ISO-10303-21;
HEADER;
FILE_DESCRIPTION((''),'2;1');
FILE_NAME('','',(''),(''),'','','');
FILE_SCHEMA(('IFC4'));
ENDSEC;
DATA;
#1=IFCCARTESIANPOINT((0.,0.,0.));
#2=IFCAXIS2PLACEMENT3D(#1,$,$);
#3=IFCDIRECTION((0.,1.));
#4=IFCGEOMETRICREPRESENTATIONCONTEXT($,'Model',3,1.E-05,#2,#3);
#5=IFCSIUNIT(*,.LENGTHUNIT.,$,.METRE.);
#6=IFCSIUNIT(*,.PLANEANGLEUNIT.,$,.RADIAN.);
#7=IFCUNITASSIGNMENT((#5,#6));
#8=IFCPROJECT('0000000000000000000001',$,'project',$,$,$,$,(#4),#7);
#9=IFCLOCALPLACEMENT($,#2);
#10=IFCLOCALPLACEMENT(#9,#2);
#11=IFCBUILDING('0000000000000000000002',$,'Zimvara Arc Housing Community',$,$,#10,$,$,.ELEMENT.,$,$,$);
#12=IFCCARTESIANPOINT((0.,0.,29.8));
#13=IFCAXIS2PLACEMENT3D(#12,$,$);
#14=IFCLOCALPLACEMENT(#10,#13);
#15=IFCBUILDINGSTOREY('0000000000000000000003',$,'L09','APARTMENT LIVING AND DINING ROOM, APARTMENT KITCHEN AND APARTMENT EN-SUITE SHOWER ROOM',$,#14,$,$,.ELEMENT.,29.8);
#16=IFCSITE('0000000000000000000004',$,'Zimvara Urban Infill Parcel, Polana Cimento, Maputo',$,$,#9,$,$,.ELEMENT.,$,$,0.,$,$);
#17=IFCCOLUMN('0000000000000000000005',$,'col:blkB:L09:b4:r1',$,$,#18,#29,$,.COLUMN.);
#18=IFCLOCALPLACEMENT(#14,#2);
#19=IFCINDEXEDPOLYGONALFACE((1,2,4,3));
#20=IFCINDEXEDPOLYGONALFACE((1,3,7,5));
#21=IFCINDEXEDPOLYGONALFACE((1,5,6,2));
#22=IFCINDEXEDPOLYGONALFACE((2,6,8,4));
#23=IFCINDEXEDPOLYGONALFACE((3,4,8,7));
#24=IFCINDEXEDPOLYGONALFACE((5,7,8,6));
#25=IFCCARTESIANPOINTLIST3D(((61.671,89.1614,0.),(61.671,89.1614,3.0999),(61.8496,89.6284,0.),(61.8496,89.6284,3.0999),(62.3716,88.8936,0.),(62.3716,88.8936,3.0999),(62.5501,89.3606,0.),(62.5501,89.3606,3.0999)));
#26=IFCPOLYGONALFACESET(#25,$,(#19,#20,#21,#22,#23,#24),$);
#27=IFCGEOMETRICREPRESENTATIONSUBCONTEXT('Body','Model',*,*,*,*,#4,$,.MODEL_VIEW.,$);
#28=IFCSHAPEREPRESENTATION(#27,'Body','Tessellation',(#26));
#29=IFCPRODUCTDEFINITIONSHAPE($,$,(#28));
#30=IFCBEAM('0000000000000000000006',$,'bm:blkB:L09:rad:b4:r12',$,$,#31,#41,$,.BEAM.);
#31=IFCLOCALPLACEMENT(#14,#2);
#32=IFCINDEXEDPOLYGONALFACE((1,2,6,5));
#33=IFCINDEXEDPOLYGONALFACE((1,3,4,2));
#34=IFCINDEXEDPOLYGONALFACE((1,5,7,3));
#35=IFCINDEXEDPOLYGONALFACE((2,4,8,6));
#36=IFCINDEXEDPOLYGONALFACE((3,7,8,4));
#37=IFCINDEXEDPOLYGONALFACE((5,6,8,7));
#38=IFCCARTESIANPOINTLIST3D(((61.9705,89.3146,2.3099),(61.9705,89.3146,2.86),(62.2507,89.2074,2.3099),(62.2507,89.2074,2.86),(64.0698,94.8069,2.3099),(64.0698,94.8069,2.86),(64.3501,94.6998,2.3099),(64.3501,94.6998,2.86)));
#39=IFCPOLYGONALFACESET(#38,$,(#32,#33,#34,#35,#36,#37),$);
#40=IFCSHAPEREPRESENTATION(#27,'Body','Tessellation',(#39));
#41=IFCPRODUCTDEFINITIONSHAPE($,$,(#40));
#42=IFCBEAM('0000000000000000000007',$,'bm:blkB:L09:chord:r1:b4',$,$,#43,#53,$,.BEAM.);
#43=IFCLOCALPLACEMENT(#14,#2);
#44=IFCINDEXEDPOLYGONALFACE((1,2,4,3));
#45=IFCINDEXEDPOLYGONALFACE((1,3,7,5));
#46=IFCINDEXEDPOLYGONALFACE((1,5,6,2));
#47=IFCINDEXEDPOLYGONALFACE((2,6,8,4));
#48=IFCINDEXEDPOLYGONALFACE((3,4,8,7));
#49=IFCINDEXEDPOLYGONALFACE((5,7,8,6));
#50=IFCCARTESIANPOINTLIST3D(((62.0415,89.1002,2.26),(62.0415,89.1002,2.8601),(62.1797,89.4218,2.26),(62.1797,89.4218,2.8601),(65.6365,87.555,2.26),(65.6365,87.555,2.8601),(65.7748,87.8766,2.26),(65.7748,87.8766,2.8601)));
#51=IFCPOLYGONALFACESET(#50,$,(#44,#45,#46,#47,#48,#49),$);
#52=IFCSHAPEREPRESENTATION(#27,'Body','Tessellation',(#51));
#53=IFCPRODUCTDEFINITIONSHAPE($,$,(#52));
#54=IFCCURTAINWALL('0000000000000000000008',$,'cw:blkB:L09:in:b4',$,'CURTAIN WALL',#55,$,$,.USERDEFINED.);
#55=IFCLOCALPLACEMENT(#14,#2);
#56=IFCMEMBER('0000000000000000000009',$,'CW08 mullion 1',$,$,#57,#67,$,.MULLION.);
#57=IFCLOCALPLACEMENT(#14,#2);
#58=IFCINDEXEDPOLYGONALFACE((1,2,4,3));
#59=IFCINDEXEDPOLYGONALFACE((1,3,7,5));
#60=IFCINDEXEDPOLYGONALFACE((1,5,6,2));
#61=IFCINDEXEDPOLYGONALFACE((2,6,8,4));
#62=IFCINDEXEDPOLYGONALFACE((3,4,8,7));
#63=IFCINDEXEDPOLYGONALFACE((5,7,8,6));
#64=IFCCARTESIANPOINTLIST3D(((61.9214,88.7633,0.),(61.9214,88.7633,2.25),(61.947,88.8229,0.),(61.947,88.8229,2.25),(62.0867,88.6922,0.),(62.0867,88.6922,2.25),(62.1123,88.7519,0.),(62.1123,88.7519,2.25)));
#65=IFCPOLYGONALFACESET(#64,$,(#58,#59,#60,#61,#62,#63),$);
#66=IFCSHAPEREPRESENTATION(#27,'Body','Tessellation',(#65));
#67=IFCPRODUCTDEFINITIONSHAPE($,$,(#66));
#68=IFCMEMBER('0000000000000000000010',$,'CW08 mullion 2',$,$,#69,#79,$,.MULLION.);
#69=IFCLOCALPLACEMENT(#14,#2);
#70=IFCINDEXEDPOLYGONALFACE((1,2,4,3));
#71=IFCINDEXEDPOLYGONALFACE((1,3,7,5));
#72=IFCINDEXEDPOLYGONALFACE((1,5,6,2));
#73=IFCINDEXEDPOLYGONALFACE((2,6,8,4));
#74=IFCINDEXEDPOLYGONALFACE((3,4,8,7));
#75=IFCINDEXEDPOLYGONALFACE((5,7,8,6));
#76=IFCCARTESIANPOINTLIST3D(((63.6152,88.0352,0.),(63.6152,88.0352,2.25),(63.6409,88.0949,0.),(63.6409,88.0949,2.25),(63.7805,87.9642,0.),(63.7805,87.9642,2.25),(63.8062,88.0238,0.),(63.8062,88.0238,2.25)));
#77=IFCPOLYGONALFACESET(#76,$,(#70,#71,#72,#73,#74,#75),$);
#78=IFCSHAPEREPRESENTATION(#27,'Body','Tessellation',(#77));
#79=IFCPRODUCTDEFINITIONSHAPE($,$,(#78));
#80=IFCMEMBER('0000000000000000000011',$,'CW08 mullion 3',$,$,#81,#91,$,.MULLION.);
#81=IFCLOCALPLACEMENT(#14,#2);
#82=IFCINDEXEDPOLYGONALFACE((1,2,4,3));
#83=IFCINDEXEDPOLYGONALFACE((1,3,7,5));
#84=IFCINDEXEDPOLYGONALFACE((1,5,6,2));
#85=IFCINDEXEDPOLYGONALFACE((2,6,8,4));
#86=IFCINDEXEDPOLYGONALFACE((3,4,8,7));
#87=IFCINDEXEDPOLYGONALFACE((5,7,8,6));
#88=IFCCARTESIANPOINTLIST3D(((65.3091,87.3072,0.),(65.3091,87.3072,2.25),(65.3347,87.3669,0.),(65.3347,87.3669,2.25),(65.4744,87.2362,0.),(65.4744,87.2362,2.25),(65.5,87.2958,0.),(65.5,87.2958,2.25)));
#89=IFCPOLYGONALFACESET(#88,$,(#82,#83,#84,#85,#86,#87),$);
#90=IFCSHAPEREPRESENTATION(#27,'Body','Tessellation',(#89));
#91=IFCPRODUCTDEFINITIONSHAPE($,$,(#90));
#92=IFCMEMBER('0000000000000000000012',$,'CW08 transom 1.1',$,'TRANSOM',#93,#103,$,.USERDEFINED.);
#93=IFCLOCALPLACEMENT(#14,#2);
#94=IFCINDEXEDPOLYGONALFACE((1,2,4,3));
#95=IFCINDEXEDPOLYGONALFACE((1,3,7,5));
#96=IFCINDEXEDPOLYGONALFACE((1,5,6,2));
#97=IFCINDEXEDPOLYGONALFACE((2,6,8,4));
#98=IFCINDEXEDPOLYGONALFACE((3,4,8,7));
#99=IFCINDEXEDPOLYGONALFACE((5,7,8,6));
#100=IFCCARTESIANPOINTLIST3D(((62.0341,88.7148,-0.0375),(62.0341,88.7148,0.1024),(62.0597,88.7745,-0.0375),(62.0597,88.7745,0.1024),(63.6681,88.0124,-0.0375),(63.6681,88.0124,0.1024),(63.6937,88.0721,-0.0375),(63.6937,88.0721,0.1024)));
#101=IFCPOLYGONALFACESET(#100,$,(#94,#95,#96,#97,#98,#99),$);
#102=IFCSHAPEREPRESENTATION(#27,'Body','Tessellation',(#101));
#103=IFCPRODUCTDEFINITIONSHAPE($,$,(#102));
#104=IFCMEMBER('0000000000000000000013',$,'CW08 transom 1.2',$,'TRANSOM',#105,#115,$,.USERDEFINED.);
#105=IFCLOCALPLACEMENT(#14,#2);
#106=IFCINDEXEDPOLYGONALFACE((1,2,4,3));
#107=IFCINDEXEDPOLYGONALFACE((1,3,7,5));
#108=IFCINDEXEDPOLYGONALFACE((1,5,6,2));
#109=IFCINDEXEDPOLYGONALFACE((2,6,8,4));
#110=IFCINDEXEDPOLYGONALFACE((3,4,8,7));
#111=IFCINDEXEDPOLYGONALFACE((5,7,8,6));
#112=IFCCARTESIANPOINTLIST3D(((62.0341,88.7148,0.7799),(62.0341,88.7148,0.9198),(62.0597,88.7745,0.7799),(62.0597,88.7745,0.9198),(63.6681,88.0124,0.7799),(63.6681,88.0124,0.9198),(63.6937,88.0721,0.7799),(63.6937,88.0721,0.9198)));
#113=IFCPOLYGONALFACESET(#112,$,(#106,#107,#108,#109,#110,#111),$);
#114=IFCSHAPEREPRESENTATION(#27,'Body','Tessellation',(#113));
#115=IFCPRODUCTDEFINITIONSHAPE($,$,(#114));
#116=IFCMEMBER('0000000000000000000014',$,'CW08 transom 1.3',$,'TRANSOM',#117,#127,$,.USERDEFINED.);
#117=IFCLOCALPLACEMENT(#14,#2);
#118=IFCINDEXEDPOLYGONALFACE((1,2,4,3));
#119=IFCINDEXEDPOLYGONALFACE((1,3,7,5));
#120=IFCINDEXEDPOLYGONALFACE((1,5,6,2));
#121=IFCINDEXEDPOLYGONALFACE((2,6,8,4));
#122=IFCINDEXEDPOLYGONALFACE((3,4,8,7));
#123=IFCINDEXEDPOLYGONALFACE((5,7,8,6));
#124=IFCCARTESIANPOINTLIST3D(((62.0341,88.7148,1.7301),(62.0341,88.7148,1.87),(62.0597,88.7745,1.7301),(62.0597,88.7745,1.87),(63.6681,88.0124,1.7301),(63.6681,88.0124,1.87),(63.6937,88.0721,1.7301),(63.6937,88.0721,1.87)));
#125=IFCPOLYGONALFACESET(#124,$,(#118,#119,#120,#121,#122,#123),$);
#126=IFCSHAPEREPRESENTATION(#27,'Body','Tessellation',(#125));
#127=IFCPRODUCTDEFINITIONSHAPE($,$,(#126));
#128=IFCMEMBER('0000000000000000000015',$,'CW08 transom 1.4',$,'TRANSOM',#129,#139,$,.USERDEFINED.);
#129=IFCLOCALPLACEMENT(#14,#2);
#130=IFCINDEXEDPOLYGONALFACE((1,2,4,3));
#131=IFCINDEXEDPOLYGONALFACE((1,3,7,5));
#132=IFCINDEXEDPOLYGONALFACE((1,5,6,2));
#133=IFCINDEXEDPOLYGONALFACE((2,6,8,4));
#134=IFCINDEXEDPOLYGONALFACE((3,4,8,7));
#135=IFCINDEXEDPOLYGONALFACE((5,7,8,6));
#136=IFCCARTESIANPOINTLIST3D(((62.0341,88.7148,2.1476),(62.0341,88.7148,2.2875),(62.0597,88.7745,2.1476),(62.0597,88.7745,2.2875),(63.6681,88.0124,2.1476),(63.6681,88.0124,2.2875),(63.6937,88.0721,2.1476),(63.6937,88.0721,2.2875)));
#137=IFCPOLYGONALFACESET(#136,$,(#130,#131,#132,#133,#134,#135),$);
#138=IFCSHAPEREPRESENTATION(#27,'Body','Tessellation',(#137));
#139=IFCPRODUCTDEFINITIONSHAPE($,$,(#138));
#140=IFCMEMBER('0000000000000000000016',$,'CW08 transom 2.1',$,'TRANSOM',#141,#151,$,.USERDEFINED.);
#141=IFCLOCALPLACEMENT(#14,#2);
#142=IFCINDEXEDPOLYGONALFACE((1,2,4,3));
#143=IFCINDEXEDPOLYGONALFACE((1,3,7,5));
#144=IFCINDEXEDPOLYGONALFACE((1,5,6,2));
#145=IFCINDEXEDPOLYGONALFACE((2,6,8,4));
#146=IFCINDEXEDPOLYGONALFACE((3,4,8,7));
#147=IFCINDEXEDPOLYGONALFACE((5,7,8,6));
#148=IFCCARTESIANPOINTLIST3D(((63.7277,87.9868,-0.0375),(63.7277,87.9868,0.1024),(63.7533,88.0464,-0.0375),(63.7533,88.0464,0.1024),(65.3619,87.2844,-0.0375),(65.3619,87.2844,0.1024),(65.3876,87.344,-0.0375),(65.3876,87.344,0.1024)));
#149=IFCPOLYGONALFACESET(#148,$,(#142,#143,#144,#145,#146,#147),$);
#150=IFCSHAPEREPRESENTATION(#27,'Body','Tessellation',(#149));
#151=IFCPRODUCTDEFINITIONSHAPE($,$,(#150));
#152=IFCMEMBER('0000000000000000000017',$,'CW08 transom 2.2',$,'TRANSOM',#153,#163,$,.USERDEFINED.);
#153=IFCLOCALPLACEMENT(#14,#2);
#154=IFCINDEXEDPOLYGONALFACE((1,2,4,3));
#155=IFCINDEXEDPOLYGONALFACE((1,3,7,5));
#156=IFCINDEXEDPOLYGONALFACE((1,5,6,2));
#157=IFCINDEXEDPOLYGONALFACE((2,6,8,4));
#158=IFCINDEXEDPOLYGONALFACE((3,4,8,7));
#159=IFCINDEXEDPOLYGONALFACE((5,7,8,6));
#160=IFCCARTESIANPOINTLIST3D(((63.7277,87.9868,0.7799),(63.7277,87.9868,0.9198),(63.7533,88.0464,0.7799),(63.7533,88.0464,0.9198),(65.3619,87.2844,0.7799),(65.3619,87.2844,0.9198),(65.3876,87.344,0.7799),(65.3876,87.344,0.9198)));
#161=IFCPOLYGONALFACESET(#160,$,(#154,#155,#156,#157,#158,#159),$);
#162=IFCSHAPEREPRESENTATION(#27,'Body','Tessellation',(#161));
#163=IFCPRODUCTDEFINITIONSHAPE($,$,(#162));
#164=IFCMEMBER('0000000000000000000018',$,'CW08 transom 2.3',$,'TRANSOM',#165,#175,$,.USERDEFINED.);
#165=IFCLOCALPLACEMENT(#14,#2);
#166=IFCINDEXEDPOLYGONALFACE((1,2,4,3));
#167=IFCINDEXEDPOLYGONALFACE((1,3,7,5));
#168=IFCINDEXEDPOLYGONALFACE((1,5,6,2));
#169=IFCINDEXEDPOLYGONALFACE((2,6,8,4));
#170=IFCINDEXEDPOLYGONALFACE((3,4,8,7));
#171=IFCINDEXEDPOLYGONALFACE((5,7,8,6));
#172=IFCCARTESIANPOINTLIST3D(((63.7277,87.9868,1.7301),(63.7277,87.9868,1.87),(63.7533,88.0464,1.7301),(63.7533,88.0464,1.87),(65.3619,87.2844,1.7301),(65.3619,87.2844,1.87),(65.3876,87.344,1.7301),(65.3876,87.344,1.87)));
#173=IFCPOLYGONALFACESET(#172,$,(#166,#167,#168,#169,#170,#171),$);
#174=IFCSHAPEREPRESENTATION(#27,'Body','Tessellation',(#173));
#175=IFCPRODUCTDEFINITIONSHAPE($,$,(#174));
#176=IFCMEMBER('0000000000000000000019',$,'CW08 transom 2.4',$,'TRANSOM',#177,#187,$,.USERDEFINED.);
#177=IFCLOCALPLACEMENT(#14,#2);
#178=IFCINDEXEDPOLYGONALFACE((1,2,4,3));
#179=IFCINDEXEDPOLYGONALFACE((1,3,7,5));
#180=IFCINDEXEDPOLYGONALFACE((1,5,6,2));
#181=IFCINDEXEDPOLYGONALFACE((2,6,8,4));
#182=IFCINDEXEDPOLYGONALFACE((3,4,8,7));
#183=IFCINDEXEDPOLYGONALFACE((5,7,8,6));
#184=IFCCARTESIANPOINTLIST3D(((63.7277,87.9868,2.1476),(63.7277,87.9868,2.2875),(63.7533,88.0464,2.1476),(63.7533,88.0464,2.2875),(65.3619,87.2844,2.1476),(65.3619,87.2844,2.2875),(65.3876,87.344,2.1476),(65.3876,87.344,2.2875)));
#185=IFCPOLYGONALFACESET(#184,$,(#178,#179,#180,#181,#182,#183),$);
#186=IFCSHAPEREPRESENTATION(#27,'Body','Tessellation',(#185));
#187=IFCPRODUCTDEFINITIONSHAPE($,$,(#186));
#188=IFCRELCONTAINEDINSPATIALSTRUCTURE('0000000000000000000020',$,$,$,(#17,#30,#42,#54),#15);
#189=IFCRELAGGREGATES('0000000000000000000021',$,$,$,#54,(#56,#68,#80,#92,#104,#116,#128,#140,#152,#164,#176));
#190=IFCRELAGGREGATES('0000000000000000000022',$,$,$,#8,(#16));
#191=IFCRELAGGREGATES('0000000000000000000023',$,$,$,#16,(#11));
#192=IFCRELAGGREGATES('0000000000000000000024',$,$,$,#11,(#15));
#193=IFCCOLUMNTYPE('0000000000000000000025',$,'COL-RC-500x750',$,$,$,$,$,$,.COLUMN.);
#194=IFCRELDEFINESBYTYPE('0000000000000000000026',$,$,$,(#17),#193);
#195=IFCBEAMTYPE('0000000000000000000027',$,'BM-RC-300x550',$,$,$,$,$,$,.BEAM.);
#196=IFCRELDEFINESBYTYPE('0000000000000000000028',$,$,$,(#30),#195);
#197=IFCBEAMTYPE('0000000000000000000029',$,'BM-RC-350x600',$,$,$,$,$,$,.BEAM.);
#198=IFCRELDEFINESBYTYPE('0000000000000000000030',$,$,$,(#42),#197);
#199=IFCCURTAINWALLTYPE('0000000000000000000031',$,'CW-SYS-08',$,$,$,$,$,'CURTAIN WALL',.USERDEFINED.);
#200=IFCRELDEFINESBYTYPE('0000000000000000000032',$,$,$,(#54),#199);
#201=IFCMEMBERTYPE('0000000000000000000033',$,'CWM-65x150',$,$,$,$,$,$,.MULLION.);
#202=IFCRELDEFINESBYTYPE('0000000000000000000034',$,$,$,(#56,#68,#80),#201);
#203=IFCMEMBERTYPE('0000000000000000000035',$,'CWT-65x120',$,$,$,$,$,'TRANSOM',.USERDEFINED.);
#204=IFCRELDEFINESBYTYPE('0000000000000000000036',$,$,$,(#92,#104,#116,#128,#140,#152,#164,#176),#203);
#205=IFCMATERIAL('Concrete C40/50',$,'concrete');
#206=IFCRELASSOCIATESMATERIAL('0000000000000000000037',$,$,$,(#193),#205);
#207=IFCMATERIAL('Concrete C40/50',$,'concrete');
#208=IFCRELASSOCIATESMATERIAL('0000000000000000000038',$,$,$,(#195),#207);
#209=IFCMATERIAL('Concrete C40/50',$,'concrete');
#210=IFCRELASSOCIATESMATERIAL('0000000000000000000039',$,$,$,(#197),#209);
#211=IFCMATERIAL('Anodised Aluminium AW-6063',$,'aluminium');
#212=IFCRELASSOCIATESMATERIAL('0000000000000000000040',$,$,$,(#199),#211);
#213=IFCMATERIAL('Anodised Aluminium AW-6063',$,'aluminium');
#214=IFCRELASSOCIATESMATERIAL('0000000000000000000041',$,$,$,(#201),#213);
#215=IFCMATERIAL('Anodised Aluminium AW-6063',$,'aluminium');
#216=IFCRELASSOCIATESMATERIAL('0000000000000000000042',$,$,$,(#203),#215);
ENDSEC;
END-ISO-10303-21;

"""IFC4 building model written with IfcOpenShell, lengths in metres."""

from ifc_helpers import new_model, si_unit, direction, frame, origin, origin_2d, place, context, subcontext, project, spatial, rectangle, extrude, material, material_profile, profile_set, type_object, element, aggregate, save


model = new_model("IFC4")

# Units and contexts
model_context = context("Model", 3, precision=1e-05, world=origin(), true_north=direction((0.0, 1.0)))
body_context = subcontext(model_context, "Body", "Model", "MODEL_VIEW")
ifc_project = project(units=[si_unit("LENGTHUNIT", "METRE"), si_unit("PLANEANGLEUNIT", "RADIAN")], contexts=[model_context])

# Site, building, storey
site_placement = place(None, origin())
site = spatial("IfcSite", under=ifc_project, at=site_placement, Name="Zimvara Urban Infill Parcel, Polana Cimento, Maputo", CompositionType="ELEMENT", RefElevation=0.0)
building_placement = place(site_placement, origin())
building = spatial("IfcBuilding", under=site, at=building_placement, Name="Zimvara Arc Housing Community", CompositionType="ELEMENT")
storey_placement = place(building_placement, frame((0.0, 0.0, 29.8)))
storey = spatial("IfcBuildingStorey", under=building, at=storey_placement, Name="L09", Description="APARTMENT LIVING AND DINING ROOM, APARTMENT KITCHEN AND APARTMENT EN-SUITE SHOWER ROOM", CompositionType="ELEMENT", Elevation=29.8)

# Column
ifc_material_1 = material(Name="Concrete C40/50", Category="concrete")
ifc_material_profile_1 = material_profile(ifc_material_1, rectangle(XDim=0.5, YDim=0.75, at=origin_2d()), Name="RC 500x750")
ifc_profile_set_1 = profile_set([ifc_material_profile_1], Name="Concrete C40/50")
column_type = type_object("IfcColumnType", Name="COL-RC-500x750", PredefinedType="COLUMN", material=ifc_profile_set_1)
column_placement = place(storey_placement, frame((62.1106, 89.261, 0.0), z_axis=(0.0, 0.0, 1.0), x_axis=(0.357064, 0.93408, 0.0)))
element("IfcColumn", 1, at=column_placement, inside=storey, type_object=column_type, Name="col:blkB:L09:b4:r1", PredefinedType="COLUMN", context=body_context, shape_type="SweptSolid", body=[
    extrude(rectangle(XDim=0.5, YDim=0.75, at=origin_2d()), origin(), (0.0, 0.0, 1.0), 3.0999),
])

# Beams
ifc_material_2 = material(Name="Concrete C40/50", Category="concrete")
ifc_material_profile_2 = material_profile(ifc_material_2, rectangle(XDim=0.3, YDim=0.55, at=origin_2d()), Name="RC 300x550")
ifc_profile_set_2 = profile_set([ifc_material_profile_2], Name="Concrete C40/50")
beam_type_1 = type_object("IfcBeamType", Name="BM-RC-300x550", PredefinedType="BEAM", material=ifc_profile_set_2)
beam_1_placement = place(storey_placement, frame((62.1106, 89.261, 2.585), z_axis=(0.357036, 0.934091, 0.0), x_axis=(-0.934091, 0.357036, 0.0)))
element("IfcBeam", 2, at=beam_1_placement, inside=storey, type_object=beam_type_1, Name="bm:blkB:L09:rad:b4:r12", PredefinedType="BEAM", context=body_context, shape_type="SweptSolid", body=[
    extrude(rectangle(XDim=0.3, YDim=0.55, at=origin_2d()), origin(), (0.0, 0.0, 1.0), 5.8799),
])
ifc_material_3 = material(Name="Concrete C40/50", Category="concrete")
ifc_material_profile_3 = material_profile(ifc_material_3, rectangle(XDim=0.3501, YDim=0.6001, at=origin_2d()), Name="RC 350x600")
ifc_profile_set_3 = profile_set([ifc_material_profile_3], Name="Concrete C40/50")
beam_type_2 = type_object("IfcBeamType", Name="BM-RC-350x600", PredefinedType="BEAM", material=ifc_profile_set_3)
beam_2_placement = place(storey_placement, frame((62.1106, 89.261, 2.5601), z_axis=(0.918731, -0.394883, 0.0), x_axis=(0.394883, 0.918731, 0.0)))
element("IfcBeam", 3, at=beam_2_placement, inside=storey, type_object=beam_type_2, Name="bm:blkB:L09:chord:r1:b4", PredefinedType="BEAM", context=body_context, shape_type="SweptSolid", body=[
    extrude(rectangle(XDim=0.3501, YDim=0.6001, at=origin_2d()), origin(), (0.0, 0.0, 1.0), 3.9131),
])

# Curtain wall, members
ifc_material_4 = material(Name="Anodised Aluminium AW-6063", Category="aluminium")
curtain_wall_type = type_object("IfcCurtainWallType", Name="CW-SYS-08", ElementType="CURTAIN WALL", PredefinedType="USERDEFINED", material=ifc_material_4)
curtain_wall_placement = place(storey_placement, origin())
curtain_wall = element("IfcCurtainWall", 4, at=curtain_wall_placement, inside=storey, type_object=curtain_wall_type, Name="cw:blkB:L09:in:b4", ObjectType="CURTAIN WALL", PredefinedType="USERDEFINED")
ifc_material_5 = material(Name="Anodised Aluminium AW-6063", Category="aluminium")
ifc_material_profile_4 = material_profile(ifc_material_5, rectangle(XDim=0.0649, YDim=0.1799, at=origin_2d()), Name="ALU 65x180")
ifc_profile_set_4 = profile_set([ifc_material_profile_4], Name="Anodised Aluminium AW-6063")
member_type_1 = type_object("IfcMemberType", Name="CWM-65x150", PredefinedType="MULLION", material=ifc_profile_set_4)
member_1_placement = place(storey_placement, frame((62.0168, 88.7576, 0.0), z_axis=(0.0, 0.0, 1.0), x_axis=(0.394904, 0.918722, 0.0)))
member_1 = element("IfcMember", 5, at=member_1_placement, type_object=member_type_1, Name="CW08 mullion 1", PredefinedType="MULLION", context=body_context, shape_type="SweptSolid", body=[
    extrude(rectangle(XDim=0.0649, YDim=0.1799, at=origin_2d()), origin(), (0.0, 0.0, 1.0), 2.25),
])
member_2_placement = place(storey_placement, frame((63.7107, 88.0295, 0.0), z_axis=(0.0, 0.0, 1.0), x_axis=(0.394904, 0.918722, 0.0)))
member_2 = element("IfcMember", 6, at=member_2_placement, type_object=member_type_1, Name="CW08 mullion 2", PredefinedType="MULLION", context=body_context, shape_type="SweptSolid", body=[
    extrude(rectangle(XDim=0.0649, YDim=0.1799, at=origin_2d()), origin(), (0.0, 0.0, 1.0), 2.25),
])
member_3_placement = place(storey_placement, frame((65.4045, 87.3015, 0.0), z_axis=(0.0, 0.0, 1.0), x_axis=(0.394904, 0.918722, 0.0)))
member_3 = element("IfcMember", 7, at=member_3_placement, type_object=member_type_1, Name="CW08 mullion 3", PredefinedType="MULLION", context=body_context, shape_type="SweptSolid", body=[
    extrude(rectangle(XDim=0.0649, YDim=0.1799, at=origin_2d()), origin(), (0.0, 0.0, 1.0), 2.25),
])
ifc_material_6 = material(Name="Anodised Aluminium AW-6063", Category="aluminium")
ifc_material_profile_5 = material_profile(ifc_material_6, rectangle(XDim=0.0649, YDim=0.1399, at=origin_2d()), Name="ALU 65x140")
ifc_profile_set_5 = profile_set([ifc_material_profile_5], Name="Anodised Aluminium AW-6063")
member_type_2 = type_object("IfcMemberType", Name="CWT-65x120", ElementType="TRANSOM", PredefinedType="USERDEFINED", material=ifc_profile_set_5)
member_4_placement = place(storey_placement, frame((62.0469, 88.7446, 0.0325), z_axis=(0.918718, -0.394913, 0.0), x_axis=(0.394913, 0.918718, 0.0)))
member_4 = element("IfcMember", 8, at=member_4_placement, type_object=member_type_2, Name="CW08 transom 1.1", ObjectType="TRANSOM", PredefinedType="USERDEFINED", context=body_context, shape_type="SweptSolid", body=[
    extrude(rectangle(XDim=0.0649, YDim=0.1399, at=origin_2d()), origin(), (0.0, 0.0, 1.0), 1.7786),
])
member_5_placement = place(storey_placement, frame((62.0469, 88.7446, 0.8499), z_axis=(0.918718, -0.394913, 0.0), x_axis=(0.394913, 0.918718, 0.0)))
member_5 = element("IfcMember", 9, at=member_5_placement, type_object=member_type_2, Name="CW08 transom 1.2", ObjectType="TRANSOM", PredefinedType="USERDEFINED", context=body_context, shape_type="SweptSolid", body=[
    extrude(rectangle(XDim=0.0649, YDim=0.1399, at=origin_2d()), origin(), (0.0, 0.0, 1.0), 1.7786),
])
member_6_placement = place(storey_placement, frame((62.0469, 88.7446, 1.8), z_axis=(0.918718, -0.394913, 0.0), x_axis=(0.394913, 0.918718, 0.0)))
member_6 = element("IfcMember", 10, at=member_6_placement, type_object=member_type_2, Name="CW08 transom 1.3", ObjectType="TRANSOM", PredefinedType="USERDEFINED", context=body_context, shape_type="SweptSolid", body=[
    extrude(rectangle(XDim=0.0649, YDim=0.1399, at=origin_2d()), origin(), (0.0, 0.0, 1.0), 1.7786),
])
member_7_placement = place(storey_placement, frame((62.0469, 88.7446, 2.2175), z_axis=(0.918718, -0.394913, 0.0), x_axis=(0.394913, 0.918718, 0.0)))
member_7 = element("IfcMember", 11, at=member_7_placement, type_object=member_type_2, Name="CW08 transom 1.4", ObjectType="TRANSOM", PredefinedType="USERDEFINED", context=body_context, shape_type="SweptSolid", body=[
    extrude(rectangle(XDim=0.0649, YDim=0.1399, at=origin_2d()), origin(), (0.0, 0.0, 1.0), 1.7786),
])
member_8_placement = place(storey_placement, frame((63.7405, 88.0166, 0.0325), z_axis=(0.91874, -0.394863, 0.0), x_axis=(0.394863, 0.91874, 0.0)))
member_8 = element("IfcMember", 12, at=member_8_placement, type_object=member_type_2, Name="CW08 transom 2.1", ObjectType="TRANSOM", PredefinedType="USERDEFINED", context=body_context, shape_type="SweptSolid", body=[
    extrude(rectangle(XDim=0.0649, YDim=0.1399, at=origin_2d()), origin(), (0.0, 0.0, 1.0), 1.7788),
])
member_9_placement = place(storey_placement, frame((63.7405, 88.0166, 0.8499), z_axis=(0.91874, -0.394863, 0.0), x_axis=(0.394863, 0.91874, 0.0)))
member_9 = element("IfcMember", 13, at=member_9_placement, type_object=member_type_2, Name="CW08 transom 2.2", ObjectType="TRANSOM", PredefinedType="USERDEFINED", context=body_context, shape_type="SweptSolid", body=[
    extrude(rectangle(XDim=0.0649, YDim=0.1399, at=origin_2d()), origin(), (0.0, 0.0, 1.0), 1.7788),
])
member_10_placement = place(storey_placement, frame((63.7405, 88.0166, 1.8), z_axis=(0.91874, -0.394863, 0.0), x_axis=(0.394863, 0.91874, 0.0)))
member_10 = element("IfcMember", 14, at=member_10_placement, type_object=member_type_2, Name="CW08 transom 2.3", ObjectType="TRANSOM", PredefinedType="USERDEFINED", context=body_context, shape_type="SweptSolid", body=[
    extrude(rectangle(XDim=0.0649, YDim=0.1399, at=origin_2d()), origin(), (0.0, 0.0, 1.0), 1.7788),
])
member_11_placement = place(storey_placement, frame((63.7405, 88.0166, 2.2175), z_axis=(0.91874, -0.394863, 0.0), x_axis=(0.394863, 0.91874, 0.0)))
member_11 = element("IfcMember", 15, at=member_11_placement, type_object=member_type_2, Name="CW08 transom 2.4", ObjectType="TRANSOM", PredefinedType="USERDEFINED", context=body_context, shape_type="SweptSolid", body=[
    extrude(rectangle(XDim=0.0649, YDim=0.1399, at=origin_2d()), origin(), (0.0, 0.0, 1.0), 1.7788),
])
aggregate(curtain_wall, [member_1, member_2, member_3, member_4, member_5, member_6, member_7, member_8, member_9, member_10, member_11])

save(model, "model.ifc")
